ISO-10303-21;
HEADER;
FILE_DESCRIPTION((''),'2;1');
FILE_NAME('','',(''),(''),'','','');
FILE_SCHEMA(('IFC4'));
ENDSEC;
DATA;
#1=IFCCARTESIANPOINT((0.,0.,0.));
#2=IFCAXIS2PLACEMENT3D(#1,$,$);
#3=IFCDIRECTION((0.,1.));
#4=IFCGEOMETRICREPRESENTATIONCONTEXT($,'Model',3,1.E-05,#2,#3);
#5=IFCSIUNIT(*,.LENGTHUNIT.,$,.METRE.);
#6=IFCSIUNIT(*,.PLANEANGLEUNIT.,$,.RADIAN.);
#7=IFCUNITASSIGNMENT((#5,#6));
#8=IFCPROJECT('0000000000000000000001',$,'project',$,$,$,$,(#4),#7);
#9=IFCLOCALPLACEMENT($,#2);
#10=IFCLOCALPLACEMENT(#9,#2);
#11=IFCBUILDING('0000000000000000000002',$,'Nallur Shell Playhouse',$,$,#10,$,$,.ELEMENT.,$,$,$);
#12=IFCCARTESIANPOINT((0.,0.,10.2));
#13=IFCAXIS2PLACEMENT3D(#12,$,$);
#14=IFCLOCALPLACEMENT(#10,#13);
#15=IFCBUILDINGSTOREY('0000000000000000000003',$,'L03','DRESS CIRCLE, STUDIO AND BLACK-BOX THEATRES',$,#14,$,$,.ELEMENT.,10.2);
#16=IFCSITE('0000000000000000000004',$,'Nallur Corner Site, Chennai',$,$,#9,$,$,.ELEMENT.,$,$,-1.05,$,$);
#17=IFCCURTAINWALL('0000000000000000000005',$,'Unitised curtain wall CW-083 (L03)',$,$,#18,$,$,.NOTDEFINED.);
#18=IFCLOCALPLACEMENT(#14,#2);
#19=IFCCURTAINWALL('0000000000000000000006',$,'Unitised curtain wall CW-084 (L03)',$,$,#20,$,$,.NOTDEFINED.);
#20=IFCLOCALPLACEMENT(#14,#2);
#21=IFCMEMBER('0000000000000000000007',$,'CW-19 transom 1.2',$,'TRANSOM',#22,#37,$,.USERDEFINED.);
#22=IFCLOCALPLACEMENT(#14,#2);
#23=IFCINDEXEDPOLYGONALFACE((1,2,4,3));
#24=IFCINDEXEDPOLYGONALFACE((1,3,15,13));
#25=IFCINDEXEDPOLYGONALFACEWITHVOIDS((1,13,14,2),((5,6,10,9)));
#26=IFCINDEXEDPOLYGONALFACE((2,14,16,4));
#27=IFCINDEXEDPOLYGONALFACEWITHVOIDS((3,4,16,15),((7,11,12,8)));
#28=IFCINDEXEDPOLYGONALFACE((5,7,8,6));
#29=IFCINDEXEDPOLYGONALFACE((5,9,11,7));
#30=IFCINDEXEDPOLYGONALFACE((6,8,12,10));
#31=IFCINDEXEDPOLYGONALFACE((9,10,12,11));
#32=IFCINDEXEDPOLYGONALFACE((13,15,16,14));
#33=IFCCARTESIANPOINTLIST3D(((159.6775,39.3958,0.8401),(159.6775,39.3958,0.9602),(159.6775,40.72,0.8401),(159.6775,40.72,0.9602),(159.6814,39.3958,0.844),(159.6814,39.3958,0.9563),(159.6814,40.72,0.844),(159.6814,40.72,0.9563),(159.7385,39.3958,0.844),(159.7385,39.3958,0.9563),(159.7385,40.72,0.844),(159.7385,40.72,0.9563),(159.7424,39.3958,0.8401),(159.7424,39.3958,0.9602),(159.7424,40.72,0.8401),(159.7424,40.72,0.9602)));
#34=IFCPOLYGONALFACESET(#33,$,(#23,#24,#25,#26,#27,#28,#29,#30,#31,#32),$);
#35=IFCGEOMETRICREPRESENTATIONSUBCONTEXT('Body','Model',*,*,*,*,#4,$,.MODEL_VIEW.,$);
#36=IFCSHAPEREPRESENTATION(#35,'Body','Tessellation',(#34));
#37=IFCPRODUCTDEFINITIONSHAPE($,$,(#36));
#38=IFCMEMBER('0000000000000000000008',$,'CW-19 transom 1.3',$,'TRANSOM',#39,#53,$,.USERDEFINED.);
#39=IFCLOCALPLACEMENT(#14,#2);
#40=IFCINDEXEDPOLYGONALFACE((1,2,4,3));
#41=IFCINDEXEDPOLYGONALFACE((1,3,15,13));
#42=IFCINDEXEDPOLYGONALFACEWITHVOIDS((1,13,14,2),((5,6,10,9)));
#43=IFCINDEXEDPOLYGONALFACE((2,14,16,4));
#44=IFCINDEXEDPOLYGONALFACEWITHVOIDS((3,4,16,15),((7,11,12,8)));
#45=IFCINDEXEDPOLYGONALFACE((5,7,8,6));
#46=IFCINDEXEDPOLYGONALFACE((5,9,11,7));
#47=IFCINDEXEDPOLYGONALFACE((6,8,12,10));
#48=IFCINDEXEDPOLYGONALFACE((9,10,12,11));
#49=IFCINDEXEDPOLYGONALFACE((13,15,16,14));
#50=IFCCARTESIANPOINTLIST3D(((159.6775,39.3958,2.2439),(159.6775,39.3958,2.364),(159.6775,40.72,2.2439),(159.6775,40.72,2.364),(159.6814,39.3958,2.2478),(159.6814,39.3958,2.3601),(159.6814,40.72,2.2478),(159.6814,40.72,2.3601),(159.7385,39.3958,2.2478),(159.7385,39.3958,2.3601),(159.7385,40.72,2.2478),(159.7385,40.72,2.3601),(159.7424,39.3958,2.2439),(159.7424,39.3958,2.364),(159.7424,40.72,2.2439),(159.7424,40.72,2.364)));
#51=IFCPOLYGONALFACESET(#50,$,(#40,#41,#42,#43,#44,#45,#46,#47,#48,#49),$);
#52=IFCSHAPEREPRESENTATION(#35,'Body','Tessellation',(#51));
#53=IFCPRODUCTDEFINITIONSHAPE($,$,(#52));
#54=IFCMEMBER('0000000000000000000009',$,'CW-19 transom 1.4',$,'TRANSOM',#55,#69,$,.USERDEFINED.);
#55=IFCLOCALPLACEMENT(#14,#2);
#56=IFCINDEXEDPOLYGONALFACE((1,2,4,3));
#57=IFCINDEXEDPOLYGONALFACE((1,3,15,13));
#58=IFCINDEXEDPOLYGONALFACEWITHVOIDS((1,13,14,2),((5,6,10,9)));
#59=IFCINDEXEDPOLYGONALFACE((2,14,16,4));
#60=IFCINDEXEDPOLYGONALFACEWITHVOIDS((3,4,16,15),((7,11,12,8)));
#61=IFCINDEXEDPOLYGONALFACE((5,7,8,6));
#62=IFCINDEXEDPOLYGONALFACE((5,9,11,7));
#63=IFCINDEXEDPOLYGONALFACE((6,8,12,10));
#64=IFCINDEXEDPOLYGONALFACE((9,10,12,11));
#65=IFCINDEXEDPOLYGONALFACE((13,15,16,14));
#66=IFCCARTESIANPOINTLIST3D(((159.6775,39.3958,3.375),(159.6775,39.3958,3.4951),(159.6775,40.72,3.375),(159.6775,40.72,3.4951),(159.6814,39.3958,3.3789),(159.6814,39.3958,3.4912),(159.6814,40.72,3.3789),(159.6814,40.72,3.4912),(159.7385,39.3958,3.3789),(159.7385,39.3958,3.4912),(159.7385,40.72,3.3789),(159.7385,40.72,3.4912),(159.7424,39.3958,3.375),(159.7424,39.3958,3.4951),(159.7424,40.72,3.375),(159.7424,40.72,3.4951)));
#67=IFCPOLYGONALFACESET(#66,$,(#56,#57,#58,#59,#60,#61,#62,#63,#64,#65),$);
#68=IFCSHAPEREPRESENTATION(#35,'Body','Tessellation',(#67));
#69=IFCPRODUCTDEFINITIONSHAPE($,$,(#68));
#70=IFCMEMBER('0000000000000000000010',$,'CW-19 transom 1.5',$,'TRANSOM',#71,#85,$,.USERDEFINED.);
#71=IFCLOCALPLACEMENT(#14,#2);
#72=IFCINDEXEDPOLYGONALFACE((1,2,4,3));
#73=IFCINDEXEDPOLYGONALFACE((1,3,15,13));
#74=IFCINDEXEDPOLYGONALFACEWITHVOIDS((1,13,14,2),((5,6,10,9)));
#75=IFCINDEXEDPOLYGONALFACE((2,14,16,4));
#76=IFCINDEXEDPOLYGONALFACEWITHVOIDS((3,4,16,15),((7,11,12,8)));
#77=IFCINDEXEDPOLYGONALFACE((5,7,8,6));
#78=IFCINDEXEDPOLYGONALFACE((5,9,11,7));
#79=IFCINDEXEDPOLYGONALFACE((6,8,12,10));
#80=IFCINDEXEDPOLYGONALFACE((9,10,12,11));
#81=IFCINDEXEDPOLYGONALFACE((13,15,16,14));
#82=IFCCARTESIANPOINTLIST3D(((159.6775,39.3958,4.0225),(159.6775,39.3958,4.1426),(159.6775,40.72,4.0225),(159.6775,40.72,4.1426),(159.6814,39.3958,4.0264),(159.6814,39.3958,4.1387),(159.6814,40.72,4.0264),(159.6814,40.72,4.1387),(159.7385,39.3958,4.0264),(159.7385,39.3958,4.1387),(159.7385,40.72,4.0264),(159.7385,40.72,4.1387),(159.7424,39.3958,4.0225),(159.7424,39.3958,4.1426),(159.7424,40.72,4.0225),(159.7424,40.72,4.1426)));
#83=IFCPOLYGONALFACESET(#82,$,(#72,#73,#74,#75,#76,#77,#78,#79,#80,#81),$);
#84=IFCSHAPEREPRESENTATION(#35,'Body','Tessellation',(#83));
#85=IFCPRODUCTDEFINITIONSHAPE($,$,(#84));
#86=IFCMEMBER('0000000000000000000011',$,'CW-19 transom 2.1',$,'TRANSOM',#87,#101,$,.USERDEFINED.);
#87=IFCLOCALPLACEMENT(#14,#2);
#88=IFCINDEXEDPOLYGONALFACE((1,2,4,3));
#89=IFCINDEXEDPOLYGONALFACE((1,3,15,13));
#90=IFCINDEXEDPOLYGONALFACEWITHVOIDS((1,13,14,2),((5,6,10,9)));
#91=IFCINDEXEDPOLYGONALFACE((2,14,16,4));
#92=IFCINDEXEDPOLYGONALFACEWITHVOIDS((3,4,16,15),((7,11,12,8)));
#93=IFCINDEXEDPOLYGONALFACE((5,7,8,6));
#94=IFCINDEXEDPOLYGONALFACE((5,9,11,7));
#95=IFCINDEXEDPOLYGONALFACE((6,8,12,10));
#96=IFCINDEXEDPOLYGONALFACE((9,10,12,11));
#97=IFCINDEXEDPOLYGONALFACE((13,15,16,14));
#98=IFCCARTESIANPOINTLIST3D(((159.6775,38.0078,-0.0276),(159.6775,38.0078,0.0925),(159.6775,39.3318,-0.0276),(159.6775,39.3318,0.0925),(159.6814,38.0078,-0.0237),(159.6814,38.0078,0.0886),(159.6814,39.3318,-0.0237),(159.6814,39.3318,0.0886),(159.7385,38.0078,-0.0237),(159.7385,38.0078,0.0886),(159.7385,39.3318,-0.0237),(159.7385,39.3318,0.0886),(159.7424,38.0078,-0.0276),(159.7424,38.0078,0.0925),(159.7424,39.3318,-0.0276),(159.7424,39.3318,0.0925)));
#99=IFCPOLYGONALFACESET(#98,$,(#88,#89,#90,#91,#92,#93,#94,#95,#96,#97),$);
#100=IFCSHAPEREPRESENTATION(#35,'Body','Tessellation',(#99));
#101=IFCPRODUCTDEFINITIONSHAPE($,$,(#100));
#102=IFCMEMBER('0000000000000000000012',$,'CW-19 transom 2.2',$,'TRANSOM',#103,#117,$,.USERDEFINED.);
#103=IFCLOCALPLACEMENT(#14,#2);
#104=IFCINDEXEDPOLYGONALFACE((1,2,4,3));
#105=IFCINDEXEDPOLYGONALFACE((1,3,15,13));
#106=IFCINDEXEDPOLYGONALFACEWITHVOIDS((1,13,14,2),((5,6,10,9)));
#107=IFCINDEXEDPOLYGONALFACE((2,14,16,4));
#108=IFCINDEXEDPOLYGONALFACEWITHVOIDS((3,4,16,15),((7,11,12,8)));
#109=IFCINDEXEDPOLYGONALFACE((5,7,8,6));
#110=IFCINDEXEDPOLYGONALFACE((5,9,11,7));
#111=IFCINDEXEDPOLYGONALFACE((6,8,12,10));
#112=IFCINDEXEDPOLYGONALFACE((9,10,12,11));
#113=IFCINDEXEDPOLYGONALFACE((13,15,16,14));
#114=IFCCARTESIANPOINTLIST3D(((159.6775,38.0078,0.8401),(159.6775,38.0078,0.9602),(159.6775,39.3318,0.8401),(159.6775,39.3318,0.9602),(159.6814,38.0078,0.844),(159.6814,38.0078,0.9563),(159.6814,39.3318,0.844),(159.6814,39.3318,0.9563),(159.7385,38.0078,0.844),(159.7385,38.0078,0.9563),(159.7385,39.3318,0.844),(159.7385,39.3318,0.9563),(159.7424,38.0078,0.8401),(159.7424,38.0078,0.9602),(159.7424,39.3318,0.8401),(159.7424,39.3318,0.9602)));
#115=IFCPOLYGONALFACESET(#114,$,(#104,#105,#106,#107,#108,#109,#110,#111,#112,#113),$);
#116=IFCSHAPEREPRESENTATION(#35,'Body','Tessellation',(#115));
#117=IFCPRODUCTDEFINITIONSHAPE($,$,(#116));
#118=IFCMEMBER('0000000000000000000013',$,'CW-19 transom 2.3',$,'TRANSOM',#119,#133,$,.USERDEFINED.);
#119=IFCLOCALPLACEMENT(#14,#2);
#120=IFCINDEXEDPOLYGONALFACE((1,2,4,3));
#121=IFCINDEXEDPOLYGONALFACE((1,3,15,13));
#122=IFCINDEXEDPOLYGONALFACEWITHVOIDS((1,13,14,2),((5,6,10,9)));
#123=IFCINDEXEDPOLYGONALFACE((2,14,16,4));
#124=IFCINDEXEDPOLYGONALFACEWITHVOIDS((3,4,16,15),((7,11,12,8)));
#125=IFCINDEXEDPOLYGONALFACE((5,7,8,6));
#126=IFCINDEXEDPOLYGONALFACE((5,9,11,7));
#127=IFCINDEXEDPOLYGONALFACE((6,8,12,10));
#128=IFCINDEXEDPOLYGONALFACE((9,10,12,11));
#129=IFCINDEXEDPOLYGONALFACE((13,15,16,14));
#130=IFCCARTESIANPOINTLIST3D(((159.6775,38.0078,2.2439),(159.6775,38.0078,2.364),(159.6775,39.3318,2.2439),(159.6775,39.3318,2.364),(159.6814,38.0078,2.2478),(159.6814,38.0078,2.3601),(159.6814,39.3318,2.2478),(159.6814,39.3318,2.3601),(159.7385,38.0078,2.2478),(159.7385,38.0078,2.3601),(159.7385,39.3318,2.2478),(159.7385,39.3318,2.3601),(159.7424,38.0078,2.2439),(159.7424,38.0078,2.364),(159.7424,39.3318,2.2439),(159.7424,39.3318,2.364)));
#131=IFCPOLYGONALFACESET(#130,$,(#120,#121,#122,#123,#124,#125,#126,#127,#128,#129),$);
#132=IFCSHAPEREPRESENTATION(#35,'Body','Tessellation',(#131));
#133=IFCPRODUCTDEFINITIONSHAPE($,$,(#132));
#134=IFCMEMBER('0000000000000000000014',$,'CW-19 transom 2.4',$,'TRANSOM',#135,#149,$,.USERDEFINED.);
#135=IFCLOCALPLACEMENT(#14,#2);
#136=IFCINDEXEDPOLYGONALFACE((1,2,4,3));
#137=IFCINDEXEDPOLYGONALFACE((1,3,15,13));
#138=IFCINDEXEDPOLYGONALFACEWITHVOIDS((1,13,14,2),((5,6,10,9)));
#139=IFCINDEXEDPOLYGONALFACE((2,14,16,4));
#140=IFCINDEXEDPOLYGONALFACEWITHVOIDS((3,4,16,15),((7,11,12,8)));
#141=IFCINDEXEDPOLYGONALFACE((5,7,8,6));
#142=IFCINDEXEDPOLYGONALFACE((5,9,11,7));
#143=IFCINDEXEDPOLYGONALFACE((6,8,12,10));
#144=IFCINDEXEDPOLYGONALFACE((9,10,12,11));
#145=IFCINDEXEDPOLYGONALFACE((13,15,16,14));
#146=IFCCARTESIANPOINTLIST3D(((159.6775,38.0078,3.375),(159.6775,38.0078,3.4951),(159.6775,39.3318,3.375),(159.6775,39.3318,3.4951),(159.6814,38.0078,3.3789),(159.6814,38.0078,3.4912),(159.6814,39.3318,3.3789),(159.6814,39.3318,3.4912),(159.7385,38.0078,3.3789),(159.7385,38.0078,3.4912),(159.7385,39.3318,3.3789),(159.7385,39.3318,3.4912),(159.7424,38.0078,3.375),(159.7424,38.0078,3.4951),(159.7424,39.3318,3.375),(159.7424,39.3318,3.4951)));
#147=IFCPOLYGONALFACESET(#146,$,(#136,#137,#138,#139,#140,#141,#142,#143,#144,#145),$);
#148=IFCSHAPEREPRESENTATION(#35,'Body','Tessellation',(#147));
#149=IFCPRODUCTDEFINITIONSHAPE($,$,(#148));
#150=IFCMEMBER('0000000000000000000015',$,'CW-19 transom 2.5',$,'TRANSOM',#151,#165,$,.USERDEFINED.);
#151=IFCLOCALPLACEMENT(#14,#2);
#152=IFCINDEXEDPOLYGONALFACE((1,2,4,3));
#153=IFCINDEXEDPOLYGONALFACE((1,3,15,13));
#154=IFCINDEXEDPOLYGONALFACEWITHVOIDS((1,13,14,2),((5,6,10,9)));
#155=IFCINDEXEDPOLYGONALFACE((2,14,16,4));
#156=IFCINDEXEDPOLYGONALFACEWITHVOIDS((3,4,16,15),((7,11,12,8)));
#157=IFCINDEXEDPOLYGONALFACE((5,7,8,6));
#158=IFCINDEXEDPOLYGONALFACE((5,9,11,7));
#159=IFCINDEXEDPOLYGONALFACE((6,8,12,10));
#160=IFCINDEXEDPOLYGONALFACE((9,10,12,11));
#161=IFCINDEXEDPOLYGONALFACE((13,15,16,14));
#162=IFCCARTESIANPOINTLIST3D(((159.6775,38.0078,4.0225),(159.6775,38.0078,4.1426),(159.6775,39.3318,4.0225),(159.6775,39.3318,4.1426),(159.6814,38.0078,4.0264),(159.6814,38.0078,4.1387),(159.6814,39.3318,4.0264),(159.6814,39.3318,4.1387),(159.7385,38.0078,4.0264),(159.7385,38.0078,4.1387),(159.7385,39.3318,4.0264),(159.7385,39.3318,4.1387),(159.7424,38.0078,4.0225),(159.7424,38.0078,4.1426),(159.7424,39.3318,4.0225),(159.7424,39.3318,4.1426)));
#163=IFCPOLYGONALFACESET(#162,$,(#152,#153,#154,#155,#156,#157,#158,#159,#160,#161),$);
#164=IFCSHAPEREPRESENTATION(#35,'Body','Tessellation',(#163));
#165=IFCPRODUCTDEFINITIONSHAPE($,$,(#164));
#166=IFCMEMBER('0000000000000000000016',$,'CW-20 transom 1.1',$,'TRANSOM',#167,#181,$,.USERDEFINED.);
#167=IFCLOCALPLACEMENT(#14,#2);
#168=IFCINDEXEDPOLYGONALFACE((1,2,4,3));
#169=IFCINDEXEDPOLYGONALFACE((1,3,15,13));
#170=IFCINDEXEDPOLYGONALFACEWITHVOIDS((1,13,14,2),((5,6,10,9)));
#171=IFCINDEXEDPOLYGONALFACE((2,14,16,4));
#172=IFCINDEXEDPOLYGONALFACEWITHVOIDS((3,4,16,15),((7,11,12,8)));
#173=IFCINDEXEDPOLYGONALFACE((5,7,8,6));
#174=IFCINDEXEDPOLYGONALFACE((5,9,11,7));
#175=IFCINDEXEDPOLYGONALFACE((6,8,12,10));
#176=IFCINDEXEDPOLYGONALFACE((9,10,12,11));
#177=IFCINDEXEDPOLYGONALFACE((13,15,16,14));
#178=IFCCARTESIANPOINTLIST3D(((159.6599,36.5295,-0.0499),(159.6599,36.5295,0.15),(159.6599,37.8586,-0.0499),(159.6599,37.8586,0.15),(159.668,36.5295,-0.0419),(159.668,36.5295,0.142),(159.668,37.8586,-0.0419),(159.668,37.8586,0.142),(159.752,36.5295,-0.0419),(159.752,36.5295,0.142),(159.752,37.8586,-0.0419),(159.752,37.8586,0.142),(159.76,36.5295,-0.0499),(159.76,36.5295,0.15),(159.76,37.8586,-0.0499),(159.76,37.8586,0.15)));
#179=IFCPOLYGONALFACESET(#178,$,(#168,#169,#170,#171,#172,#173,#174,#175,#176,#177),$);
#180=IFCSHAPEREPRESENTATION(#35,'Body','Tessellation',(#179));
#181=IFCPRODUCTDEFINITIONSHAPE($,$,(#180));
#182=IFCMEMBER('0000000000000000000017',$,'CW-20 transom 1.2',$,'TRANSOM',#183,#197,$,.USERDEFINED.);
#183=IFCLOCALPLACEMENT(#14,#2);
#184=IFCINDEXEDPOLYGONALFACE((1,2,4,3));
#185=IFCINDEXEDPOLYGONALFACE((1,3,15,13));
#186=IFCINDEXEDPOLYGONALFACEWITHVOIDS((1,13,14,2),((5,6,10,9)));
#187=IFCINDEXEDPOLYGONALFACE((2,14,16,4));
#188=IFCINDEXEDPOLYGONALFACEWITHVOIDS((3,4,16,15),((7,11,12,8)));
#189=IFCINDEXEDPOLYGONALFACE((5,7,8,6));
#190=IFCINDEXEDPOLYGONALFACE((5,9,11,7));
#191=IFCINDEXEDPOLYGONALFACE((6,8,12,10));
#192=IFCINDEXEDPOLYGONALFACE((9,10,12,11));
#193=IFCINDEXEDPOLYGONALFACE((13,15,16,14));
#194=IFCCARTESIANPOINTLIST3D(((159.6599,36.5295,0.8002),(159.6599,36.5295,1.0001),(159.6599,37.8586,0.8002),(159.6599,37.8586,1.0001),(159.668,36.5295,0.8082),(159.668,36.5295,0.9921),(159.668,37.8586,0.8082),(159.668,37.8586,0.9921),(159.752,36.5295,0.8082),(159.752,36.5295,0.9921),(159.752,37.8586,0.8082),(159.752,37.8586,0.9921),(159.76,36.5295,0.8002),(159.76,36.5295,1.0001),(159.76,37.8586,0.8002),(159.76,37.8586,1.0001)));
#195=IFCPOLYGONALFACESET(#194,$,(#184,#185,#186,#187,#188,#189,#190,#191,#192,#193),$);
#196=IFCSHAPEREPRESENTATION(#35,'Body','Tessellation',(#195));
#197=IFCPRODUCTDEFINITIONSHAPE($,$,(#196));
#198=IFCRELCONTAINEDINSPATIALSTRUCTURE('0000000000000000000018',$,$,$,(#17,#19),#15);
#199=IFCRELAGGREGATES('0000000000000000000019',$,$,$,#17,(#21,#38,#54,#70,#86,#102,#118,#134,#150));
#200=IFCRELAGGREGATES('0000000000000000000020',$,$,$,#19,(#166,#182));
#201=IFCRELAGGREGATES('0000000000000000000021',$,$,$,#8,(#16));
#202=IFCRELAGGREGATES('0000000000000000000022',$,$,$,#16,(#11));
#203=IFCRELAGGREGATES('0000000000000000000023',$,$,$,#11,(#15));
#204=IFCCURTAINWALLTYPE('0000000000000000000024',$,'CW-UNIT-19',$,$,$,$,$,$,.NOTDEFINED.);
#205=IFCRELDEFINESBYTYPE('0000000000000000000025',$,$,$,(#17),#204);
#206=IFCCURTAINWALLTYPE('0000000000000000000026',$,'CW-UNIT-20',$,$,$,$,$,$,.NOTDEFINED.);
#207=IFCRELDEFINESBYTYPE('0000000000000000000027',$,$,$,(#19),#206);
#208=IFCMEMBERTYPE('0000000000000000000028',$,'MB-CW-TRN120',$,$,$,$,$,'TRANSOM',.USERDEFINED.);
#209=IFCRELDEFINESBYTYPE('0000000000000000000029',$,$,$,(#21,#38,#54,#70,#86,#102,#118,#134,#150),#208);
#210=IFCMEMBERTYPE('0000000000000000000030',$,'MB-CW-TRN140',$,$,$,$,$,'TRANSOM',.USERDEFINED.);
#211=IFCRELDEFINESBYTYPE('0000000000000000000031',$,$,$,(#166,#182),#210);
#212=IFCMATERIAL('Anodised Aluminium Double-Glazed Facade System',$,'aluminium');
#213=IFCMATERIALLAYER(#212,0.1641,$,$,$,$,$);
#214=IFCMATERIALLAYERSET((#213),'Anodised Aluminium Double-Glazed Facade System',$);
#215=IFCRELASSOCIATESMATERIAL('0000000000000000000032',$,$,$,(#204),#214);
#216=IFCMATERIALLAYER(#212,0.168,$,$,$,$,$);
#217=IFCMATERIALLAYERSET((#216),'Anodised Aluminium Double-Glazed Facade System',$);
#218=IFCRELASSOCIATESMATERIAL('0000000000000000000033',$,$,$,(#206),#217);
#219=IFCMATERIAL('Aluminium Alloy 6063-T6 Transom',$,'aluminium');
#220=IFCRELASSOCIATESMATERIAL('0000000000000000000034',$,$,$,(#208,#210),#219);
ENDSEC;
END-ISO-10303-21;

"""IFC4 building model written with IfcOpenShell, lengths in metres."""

from ifc_helpers import new_model, si_unit, direction, frame, origin, origin_2d, place, context, subcontext, project, spatial, hollow_rectangle, extrude, material, layer, layer_set, material_profile, profile_set, type_object, element, aggregate, save


model = new_model("IFC4")

# Units and contexts
model_context = context("Model", 3, precision=1e-05, world=origin(), true_north=direction((0.0, 1.0)))
body_context = subcontext(model_context, "Body", "Model", "MODEL_VIEW")
ifc_project = project(units=[si_unit("LENGTHUNIT", "METRE"), si_unit("PLANEANGLEUNIT", "RADIAN")], contexts=[model_context])

# Site, building, storey
site_placement = place(None, origin())
site = spatial("IfcSite", under=ifc_project, at=site_placement, Name="Nallur Corner Site, Chennai", CompositionType="ELEMENT", RefElevation=-1.05)
building_placement = place(site_placement, origin())
building = spatial("IfcBuilding", under=site, at=building_placement, Name="Nallur Shell Playhouse", CompositionType="ELEMENT")
storey_placement = place(building_placement, frame((0.0, 0.0, 10.2)))
storey = spatial("IfcBuildingStorey", under=building, at=storey_placement, Name="L03", Description="DRESS CIRCLE, STUDIO AND BLACK-BOX THEATRES", CompositionType="ELEMENT", Elevation=10.2)

# Curtain wall
ifc_material_1 = material(Name="Anodised Aluminium Double-Glazed Facade System", Category="aluminium")
ifc_layer_1 = layer(ifc_material_1, 0.1641)
ifc_layer_set_1 = layer_set([ifc_layer_1], Name="Anodised Aluminium Double-Glazed Facade System")
curtain_wall_type_1 = type_object("IfcCurtainWallType", Name="CW-UNIT-19", PredefinedType="NOTDEFINED", material=ifc_layer_set_1)
curtain_wall_1_placement = place(storey_placement, origin())
curtain_wall_1 = element("IfcCurtainWall", 1, at=curtain_wall_1_placement, inside=storey, type_object=curtain_wall_type_1, Name="Unitised curtain wall CW-083 (L03)", PredefinedType="NOTDEFINED")

# Curtain wall
ifc_layer_2 = layer(ifc_material_1, 0.168)
ifc_layer_set_2 = layer_set([ifc_layer_2], Name="Anodised Aluminium Double-Glazed Facade System")
curtain_wall_type_2 = type_object("IfcCurtainWallType", Name="CW-UNIT-20", PredefinedType="NOTDEFINED", material=ifc_layer_set_2)
curtain_wall_2_placement = place(storey_placement, origin())
curtain_wall_2 = element("IfcCurtainWall", 2, at=curtain_wall_2_placement, inside=storey, type_object=curtain_wall_type_2, Name="Unitised curtain wall CW-084 (L03)", PredefinedType="NOTDEFINED")

# Members
ifc_material_2 = material(Name="Aluminium Alloy 6063-T6 Transom", Category="aluminium")
ifc_material_profile_1 = material_profile(ifc_material_2, hollow_rectangle(XDim=0.0649, YDim=0.1201, WallThickness=0.0039, at=origin_2d()), Name="ALU 65x120x4")
ifc_profile_set_1 = profile_set([ifc_material_profile_1], Name="Aluminium Alloy 6063-T6 Transom")
member_type_1 = type_object("IfcMemberType", Name="MB-CW-TRN120", ElementType="TRANSOM", PredefinedType="USERDEFINED", material=ifc_profile_set_1)
member_1_placement = place(storey_placement, frame((159.71, 40.72, 0.9001), z_axis=(0.0, -1.0, 0.0), x_axis=(1.0, 0.0, 0.0)))
member_1 = element("IfcMember", 3, at=member_1_placement, type_object=member_type_1, Name="CW-19 transom 1.2", ObjectType="TRANSOM", PredefinedType="USERDEFINED", context=body_context, shape_type="SweptSolid", body=[
    extrude(hollow_rectangle(XDim=0.0649, YDim=0.1201, WallThickness=0.0039, at=origin_2d()), origin(), (0.0, 0.0, 1.0), 1.3242),
])
member_2_placement = place(storey_placement, frame((159.71, 40.72, 2.304), z_axis=(0.0, -1.0, 0.0), x_axis=(1.0, 0.0, 0.0)))
member_2 = element("IfcMember", 4, at=member_2_placement, type_object=member_type_1, Name="CW-19 transom 1.3", ObjectType="TRANSOM", PredefinedType="USERDEFINED", context=body_context, shape_type="SweptSolid", body=[
    extrude(hollow_rectangle(XDim=0.0649, YDim=0.1201, WallThickness=0.0039, at=origin_2d()), origin(), (0.0, 0.0, 1.0), 1.3242),
])
member_3_placement = place(storey_placement, frame((159.71, 40.72, 3.4351), z_axis=(0.0, -1.0, 0.0), x_axis=(1.0, 0.0, 0.0)))
member_3 = element("IfcMember", 5, at=member_3_placement, type_object=member_type_1, Name="CW-19 transom 1.4", ObjectType="TRANSOM", PredefinedType="USERDEFINED", context=body_context, shape_type="SweptSolid", body=[
    extrude(hollow_rectangle(XDim=0.0649, YDim=0.1201, WallThickness=0.0039, at=origin_2d()), origin(), (0.0, 0.0, 1.0), 1.3242),
])
member_4_placement = place(storey_placement, frame((159.71, 40.72, 4.0825), z_axis=(0.0, -1.0, 0.0), x_axis=(1.0, 0.0, 0.0)))
member_4 = element("IfcMember", 6, at=member_4_placement, type_object=member_type_1, Name="CW-19 transom 1.5", ObjectType="TRANSOM", PredefinedType="USERDEFINED", context=body_context, shape_type="SweptSolid", body=[
    extrude(hollow_rectangle(XDim=0.0649, YDim=0.1201, WallThickness=0.0039, at=origin_2d()), origin(), (0.0, 0.0, 1.0), 1.3242),
])
member_5_placement = place(storey_placement, frame((159.71, 39.3318, 0.0325), z_axis=(0.0, -1.0, 0.0), x_axis=(1.0, 0.0, 0.0)))
member_5 = element("IfcMember", 7, at=member_5_placement, type_object=member_type_1, Name="CW-19 transom 2.1", ObjectType="TRANSOM", PredefinedType="USERDEFINED", context=body_context, shape_type="SweptSolid", body=[
    extrude(hollow_rectangle(XDim=0.0649, YDim=0.1201, WallThickness=0.0039, at=origin_2d()), origin(), (0.0, 0.0, 1.0), 1.324),
])
member_6_placement = place(storey_placement, frame((159.71, 39.3318, 0.9001), z_axis=(0.0, -1.0, 0.0), x_axis=(1.0, 0.0, 0.0)))
member_6 = element("IfcMember", 8, at=member_6_placement, type_object=member_type_1, Name="CW-19 transom 2.2", ObjectType="TRANSOM", PredefinedType="USERDEFINED", context=body_context, shape_type="SweptSolid", body=[
    extrude(hollow_rectangle(XDim=0.0649, YDim=0.1201, WallThickness=0.0039, at=origin_2d()), origin(), (0.0, 0.0, 1.0), 1.324),
])
member_7_placement = place(storey_placement, frame((159.71, 39.3318, 2.304), z_axis=(0.0, -1.0, 0.0), x_axis=(1.0, 0.0, 0.0)))
member_7 = element("IfcMember", 9, at=member_7_placement, type_object=member_type_1, Name="CW-19 transom 2.3", ObjectType="TRANSOM", PredefinedType="USERDEFINED", context=body_context, shape_type="SweptSolid", body=[
    extrude(hollow_rectangle(XDim=0.0649, YDim=0.1201, WallThickness=0.0039, at=origin_2d()), origin(), (0.0, 0.0, 1.0), 1.324),
])
member_8_placement = place(storey_placement, frame((159.71, 39.3318, 3.4351), z_axis=(0.0, -1.0, 0.0), x_axis=(1.0, 0.0, 0.0)))
member_8 = element("IfcMember", 10, at=member_8_placement, type_object=member_type_1, Name="CW-19 transom 2.4", ObjectType="TRANSOM", PredefinedType="USERDEFINED", context=body_context, shape_type="SweptSolid", body=[
    extrude(hollow_rectangle(XDim=0.0649, YDim=0.1201, WallThickness=0.0039, at=origin_2d()), origin(), (0.0, 0.0, 1.0), 1.324),
])
member_9_placement = place(storey_placement, frame((159.71, 39.3318, 4.0825), z_axis=(0.0, -1.0, 0.0), x_axis=(1.0, 0.0, 0.0)))
member_9 = element("IfcMember", 11, at=member_9_placement, type_object=member_type_1, Name="CW-19 transom 2.5", ObjectType="TRANSOM", PredefinedType="USERDEFINED", context=body_context, shape_type="SweptSolid", body=[
    extrude(hollow_rectangle(XDim=0.0649, YDim=0.1201, WallThickness=0.0039, at=origin_2d()), origin(), (0.0, 0.0, 1.0), 1.324),
])
ifc_material_profile_2 = material_profile(ifc_material_2, hollow_rectangle(XDim=0.1001, YDim=0.2, WallThickness=0.0081, at=origin_2d()), Name="RHS 200x100x8")
ifc_profile_set_2 = profile_set([ifc_material_profile_2], Name="Aluminium Alloy 6063-T6 Transom")
member_type_2 = type_object("IfcMemberType", Name="MB-CW-TRN140", ElementType="TRANSOM", PredefinedType="USERDEFINED", material=ifc_profile_set_2)
member_10_placement = place(storey_placement, frame((159.71, 37.8586, 0.05), z_axis=(0.0, -1.0, 0.0), x_axis=(1.0, 0.0, 0.0)))
member_10 = element("IfcMember", 12, at=member_10_placement, type_object=member_type_2, Name="CW-20 transom 1.1", ObjectType="TRANSOM", PredefinedType="USERDEFINED", context=body_context, shape_type="SweptSolid", body=[
    extrude(hollow_rectangle(XDim=0.1001, YDim=0.2, WallThickness=0.0081, at=origin_2d()), origin(), (0.0, 0.0, 1.0), 1.3291),
])
member_11_placement = place(storey_placement, frame((159.71, 37.8586, 0.9001), z_axis=(0.0, -1.0, 0.0), x_axis=(1.0, 0.0, 0.0)))
member_11 = element("IfcMember", 13, at=member_11_placement, type_object=member_type_2, Name="CW-20 transom 1.2", ObjectType="TRANSOM", PredefinedType="USERDEFINED", context=body_context, shape_type="SweptSolid", body=[
    extrude(hollow_rectangle(XDim=0.1001, YDim=0.2, WallThickness=0.0081, at=origin_2d()), origin(), (0.0, 0.0, 1.0), 1.3291),
])

aggregate(curtain_wall_1, [member_1, member_2, member_3, member_4, member_5, member_6, member_7, member_8, member_9])
aggregate(curtain_wall_2, [member_10, member_11])

save(model, "model.ifc")
